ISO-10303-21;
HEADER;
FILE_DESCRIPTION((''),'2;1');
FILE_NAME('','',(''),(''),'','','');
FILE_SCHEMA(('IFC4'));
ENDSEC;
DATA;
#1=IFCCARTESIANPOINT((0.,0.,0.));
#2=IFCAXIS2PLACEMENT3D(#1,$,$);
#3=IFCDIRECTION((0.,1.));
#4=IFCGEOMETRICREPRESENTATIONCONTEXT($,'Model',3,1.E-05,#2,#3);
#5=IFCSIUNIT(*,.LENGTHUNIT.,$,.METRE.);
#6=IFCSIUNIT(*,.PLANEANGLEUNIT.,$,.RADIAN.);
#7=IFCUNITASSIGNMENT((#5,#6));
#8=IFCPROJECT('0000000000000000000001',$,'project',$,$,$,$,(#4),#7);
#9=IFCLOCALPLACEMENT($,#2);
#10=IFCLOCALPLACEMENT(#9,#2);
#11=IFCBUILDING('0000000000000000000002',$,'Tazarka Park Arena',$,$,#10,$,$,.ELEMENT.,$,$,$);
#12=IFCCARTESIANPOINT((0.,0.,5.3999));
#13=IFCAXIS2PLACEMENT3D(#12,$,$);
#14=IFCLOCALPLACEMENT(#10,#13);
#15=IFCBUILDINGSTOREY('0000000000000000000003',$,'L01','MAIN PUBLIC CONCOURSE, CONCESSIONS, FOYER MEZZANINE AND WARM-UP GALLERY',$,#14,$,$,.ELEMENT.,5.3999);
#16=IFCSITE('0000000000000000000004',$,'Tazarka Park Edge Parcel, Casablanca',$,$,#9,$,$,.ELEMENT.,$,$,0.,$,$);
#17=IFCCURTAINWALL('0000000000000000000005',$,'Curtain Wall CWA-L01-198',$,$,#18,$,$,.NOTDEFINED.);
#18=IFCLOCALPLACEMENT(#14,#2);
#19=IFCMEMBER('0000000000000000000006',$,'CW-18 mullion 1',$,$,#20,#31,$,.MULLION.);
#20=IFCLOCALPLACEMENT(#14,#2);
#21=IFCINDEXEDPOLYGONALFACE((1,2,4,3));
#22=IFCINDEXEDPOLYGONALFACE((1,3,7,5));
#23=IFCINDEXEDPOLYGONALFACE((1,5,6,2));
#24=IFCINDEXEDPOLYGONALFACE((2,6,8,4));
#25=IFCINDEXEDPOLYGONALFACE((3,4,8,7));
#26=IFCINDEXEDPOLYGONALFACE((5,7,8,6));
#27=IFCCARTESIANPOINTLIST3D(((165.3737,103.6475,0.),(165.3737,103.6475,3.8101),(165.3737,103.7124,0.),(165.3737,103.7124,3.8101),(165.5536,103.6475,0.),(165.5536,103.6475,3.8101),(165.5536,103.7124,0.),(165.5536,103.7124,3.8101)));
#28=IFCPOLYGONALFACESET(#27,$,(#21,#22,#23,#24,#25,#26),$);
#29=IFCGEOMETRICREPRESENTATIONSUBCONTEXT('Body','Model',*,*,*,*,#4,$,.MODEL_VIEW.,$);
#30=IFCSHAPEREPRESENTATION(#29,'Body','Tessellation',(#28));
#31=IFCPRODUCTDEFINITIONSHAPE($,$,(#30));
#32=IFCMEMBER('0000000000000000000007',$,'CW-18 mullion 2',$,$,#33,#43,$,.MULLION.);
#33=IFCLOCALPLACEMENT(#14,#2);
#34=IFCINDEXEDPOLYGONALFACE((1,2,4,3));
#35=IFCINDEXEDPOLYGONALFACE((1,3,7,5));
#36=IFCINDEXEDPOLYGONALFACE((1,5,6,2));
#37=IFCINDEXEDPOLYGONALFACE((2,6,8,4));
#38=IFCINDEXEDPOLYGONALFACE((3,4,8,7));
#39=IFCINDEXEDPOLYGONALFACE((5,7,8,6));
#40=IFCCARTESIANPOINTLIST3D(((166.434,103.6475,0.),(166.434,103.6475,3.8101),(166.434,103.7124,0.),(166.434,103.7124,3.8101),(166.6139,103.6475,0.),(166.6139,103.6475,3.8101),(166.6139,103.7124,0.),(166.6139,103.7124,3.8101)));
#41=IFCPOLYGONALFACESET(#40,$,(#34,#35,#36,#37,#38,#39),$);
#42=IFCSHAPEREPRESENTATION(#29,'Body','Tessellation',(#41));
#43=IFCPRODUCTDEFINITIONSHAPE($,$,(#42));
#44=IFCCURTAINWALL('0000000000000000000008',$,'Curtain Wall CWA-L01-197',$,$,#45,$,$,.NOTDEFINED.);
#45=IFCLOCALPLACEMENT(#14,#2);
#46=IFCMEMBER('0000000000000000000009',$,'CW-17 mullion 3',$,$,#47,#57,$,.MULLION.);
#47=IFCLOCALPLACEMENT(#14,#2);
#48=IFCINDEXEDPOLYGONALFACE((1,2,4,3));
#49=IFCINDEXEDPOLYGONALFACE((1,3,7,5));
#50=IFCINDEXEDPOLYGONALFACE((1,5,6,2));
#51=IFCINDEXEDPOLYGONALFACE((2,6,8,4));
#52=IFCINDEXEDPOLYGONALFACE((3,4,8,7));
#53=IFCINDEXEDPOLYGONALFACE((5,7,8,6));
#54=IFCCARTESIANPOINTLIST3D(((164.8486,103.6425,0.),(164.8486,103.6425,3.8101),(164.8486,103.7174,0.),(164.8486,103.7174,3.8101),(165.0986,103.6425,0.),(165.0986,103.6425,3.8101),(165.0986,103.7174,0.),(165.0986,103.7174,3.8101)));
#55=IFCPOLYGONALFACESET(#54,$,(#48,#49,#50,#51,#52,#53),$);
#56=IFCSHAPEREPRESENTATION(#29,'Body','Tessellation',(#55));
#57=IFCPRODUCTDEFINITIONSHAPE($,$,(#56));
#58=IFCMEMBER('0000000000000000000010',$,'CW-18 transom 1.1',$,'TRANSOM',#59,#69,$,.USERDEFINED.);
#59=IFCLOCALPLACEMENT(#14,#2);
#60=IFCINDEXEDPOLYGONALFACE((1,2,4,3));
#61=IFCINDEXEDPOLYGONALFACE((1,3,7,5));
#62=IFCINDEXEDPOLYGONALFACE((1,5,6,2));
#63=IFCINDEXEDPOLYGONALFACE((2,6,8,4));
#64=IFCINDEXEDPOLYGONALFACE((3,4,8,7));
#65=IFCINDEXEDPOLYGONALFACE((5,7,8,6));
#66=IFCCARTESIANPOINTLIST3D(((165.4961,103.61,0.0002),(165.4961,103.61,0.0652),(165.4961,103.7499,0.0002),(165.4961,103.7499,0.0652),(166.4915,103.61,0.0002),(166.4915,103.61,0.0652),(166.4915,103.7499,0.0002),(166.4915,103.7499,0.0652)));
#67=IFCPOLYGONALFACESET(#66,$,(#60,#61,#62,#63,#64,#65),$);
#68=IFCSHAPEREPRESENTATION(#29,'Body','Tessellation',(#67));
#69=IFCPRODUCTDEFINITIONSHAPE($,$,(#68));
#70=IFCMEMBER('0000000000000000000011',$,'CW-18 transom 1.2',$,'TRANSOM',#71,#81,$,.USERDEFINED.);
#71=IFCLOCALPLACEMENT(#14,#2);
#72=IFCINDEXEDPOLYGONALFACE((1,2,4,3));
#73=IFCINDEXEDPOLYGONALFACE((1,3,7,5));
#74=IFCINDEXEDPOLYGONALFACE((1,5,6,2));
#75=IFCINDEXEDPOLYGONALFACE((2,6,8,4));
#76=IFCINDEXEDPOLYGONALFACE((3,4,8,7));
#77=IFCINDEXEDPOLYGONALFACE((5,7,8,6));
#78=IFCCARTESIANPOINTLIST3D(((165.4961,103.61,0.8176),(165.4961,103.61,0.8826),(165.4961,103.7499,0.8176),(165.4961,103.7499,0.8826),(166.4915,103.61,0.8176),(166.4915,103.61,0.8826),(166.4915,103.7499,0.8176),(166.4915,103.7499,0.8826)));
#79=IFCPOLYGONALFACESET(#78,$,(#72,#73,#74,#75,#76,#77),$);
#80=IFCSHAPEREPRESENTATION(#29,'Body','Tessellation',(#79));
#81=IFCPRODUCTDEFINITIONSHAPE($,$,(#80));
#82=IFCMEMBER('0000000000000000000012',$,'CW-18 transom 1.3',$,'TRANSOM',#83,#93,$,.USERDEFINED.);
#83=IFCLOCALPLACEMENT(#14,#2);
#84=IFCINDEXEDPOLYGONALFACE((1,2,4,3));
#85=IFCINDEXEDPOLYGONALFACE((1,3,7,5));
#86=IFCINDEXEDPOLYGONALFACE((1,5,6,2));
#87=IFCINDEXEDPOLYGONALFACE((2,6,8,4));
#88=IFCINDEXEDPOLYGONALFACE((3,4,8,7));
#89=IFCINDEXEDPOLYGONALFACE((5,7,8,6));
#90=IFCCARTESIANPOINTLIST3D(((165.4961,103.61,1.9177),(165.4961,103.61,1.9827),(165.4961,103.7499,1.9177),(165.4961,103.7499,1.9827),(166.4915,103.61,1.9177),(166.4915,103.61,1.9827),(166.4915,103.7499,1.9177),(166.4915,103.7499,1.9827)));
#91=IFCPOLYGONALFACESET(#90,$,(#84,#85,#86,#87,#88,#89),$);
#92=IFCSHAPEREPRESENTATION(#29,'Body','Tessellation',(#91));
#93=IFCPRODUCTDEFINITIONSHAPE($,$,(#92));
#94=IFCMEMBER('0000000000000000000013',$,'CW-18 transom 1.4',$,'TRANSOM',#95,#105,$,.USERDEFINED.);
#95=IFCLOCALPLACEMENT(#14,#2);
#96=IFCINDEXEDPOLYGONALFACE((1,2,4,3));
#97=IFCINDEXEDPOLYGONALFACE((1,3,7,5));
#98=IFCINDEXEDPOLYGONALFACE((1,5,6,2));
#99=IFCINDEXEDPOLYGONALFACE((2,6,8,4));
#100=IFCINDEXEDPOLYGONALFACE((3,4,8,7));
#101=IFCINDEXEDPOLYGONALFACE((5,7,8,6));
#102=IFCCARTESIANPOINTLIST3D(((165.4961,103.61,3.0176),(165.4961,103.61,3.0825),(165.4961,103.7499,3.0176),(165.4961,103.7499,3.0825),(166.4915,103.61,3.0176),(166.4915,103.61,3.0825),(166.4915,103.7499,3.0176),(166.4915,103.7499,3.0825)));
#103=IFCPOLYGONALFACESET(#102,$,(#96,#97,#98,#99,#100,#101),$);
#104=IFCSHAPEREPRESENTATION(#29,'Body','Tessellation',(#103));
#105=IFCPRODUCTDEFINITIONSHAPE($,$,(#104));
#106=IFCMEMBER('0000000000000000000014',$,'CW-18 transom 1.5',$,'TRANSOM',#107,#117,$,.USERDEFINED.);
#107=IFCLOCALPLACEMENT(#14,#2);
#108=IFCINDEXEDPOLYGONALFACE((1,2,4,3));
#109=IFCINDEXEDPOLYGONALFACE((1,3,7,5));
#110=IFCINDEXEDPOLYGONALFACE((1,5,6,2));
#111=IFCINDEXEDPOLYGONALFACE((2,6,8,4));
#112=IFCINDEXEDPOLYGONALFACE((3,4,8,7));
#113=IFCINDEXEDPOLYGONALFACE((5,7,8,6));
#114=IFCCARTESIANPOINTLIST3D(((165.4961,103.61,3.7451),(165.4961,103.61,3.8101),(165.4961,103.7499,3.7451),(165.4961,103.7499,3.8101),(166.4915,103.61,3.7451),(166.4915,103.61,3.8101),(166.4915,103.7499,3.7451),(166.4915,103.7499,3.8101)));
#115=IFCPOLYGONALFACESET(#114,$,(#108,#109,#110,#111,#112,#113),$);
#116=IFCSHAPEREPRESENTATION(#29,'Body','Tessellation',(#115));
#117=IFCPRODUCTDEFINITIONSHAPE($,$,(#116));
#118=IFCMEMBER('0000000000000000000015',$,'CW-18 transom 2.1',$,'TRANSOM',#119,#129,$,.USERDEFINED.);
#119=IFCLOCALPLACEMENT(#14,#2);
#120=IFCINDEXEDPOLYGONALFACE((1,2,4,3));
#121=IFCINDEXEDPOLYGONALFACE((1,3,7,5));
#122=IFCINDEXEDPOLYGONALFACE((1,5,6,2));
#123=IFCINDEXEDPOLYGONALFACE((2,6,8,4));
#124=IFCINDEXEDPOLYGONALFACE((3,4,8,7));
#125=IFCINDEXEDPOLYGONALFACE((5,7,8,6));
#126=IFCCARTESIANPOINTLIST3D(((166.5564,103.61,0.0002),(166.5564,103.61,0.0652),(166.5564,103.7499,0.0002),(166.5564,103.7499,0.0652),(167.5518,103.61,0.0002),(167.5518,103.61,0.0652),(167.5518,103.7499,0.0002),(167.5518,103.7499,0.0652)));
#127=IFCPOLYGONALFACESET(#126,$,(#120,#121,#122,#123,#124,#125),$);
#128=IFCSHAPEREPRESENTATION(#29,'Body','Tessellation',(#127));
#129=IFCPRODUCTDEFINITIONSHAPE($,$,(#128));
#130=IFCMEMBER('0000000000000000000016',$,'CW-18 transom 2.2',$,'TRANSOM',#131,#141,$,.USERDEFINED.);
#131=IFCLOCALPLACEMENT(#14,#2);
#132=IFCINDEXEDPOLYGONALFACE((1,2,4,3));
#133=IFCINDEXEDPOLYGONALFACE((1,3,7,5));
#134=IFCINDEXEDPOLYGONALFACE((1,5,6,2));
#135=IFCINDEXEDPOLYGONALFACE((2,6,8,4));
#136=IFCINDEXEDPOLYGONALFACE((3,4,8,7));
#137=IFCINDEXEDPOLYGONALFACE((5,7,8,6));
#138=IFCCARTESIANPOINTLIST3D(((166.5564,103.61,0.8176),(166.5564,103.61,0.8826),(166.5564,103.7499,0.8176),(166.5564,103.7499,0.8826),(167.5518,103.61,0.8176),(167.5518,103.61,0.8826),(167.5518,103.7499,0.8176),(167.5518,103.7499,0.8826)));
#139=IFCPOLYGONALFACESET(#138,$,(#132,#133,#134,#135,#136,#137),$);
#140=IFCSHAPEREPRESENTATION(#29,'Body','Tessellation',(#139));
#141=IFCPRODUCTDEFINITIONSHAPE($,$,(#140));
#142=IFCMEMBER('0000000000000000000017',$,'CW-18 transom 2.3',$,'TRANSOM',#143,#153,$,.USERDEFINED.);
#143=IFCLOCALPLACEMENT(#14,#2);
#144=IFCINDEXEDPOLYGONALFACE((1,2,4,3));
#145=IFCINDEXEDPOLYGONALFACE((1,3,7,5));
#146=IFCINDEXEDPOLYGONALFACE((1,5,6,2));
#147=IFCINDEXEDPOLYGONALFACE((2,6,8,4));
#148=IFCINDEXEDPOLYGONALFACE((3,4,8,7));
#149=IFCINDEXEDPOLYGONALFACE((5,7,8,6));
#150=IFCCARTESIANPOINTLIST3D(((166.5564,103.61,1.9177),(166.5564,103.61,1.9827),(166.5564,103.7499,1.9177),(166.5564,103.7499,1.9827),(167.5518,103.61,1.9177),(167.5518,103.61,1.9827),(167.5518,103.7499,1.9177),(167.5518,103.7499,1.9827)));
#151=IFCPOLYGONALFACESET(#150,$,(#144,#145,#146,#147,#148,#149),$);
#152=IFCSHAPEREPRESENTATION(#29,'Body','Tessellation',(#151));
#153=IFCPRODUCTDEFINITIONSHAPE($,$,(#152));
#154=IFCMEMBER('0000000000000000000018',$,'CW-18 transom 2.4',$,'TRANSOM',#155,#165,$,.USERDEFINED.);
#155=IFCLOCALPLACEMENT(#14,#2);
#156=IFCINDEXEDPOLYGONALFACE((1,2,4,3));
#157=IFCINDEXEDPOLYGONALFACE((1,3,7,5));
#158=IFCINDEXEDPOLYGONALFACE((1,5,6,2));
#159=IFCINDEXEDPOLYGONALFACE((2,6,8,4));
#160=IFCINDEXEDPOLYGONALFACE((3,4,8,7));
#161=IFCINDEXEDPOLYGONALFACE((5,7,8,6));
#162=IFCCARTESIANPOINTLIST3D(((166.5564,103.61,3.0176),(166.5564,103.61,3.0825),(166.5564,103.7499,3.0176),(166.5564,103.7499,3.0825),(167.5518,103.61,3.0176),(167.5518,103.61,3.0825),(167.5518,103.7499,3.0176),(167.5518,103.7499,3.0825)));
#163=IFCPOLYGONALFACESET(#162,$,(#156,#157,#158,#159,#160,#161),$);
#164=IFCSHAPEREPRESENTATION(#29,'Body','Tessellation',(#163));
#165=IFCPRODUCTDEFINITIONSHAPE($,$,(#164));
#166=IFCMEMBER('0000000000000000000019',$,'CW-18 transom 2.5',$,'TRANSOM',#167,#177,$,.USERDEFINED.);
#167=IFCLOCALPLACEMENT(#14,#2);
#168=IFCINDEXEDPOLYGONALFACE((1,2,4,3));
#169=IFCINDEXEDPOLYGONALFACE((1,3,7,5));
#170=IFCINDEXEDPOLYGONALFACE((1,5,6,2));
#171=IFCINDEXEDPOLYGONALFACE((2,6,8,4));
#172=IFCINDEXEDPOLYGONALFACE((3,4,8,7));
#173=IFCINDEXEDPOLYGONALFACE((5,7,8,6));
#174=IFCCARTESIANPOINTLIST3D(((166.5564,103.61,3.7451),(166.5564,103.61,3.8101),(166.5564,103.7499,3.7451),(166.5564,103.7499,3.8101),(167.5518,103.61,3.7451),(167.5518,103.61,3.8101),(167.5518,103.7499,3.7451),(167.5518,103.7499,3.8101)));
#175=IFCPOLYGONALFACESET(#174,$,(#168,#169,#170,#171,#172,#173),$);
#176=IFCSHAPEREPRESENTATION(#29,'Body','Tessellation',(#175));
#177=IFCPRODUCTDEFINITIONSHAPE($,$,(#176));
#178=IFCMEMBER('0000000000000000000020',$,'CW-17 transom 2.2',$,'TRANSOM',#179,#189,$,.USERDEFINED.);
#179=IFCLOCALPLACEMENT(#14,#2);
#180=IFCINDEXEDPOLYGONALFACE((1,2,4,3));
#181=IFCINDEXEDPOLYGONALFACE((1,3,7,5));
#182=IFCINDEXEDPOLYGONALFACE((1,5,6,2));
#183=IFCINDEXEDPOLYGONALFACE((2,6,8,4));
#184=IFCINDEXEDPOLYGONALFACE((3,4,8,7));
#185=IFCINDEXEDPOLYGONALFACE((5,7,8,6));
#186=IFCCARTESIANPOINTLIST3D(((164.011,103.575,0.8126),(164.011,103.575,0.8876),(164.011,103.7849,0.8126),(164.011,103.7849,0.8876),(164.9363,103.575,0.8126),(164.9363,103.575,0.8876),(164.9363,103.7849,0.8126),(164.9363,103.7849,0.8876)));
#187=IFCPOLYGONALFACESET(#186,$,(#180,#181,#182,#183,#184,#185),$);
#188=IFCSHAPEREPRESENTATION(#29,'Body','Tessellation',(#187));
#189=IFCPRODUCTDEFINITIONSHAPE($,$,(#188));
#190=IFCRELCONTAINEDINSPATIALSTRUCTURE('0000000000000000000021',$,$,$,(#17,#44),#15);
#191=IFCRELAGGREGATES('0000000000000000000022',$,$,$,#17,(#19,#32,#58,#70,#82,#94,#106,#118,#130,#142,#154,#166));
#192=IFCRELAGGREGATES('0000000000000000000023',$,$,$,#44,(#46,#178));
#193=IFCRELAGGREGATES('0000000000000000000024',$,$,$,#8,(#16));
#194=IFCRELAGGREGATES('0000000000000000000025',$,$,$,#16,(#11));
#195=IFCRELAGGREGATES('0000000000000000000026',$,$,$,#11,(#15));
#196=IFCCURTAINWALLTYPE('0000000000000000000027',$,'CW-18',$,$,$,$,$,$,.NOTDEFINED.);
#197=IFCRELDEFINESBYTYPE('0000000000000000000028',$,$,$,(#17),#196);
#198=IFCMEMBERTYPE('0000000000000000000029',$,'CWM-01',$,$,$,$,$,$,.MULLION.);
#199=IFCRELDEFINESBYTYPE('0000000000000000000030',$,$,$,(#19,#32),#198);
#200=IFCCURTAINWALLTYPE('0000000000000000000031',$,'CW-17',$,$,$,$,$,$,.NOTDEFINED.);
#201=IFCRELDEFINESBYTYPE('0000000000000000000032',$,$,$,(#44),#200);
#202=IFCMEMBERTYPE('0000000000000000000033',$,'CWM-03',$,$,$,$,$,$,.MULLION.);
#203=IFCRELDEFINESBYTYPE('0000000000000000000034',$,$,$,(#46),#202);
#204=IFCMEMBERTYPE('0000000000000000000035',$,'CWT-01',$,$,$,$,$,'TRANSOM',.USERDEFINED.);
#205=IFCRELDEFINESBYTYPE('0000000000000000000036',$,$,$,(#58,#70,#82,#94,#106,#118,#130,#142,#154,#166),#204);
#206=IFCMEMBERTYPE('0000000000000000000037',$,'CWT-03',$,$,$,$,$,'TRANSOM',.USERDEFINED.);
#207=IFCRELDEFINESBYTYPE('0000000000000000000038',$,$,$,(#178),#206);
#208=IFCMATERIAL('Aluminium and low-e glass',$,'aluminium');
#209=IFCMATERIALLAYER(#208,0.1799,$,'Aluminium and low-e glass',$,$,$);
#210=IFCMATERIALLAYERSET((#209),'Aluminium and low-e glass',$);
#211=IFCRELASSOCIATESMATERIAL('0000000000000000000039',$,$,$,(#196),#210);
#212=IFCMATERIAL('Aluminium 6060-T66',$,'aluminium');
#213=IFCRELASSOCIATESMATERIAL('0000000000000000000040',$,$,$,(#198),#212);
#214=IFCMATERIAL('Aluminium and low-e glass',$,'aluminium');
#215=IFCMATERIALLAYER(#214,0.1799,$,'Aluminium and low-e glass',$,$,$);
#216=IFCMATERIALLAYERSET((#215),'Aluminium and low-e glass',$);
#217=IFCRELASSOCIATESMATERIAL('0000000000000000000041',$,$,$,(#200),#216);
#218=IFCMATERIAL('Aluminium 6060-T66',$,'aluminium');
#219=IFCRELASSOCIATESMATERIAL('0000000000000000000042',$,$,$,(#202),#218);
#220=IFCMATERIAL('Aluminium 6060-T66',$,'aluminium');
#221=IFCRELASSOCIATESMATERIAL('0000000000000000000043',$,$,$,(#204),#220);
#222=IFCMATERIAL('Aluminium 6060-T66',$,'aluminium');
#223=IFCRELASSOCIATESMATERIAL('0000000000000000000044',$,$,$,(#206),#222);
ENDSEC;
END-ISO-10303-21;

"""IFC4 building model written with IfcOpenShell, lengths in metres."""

from ifc_helpers import new_model, si_unit, direction, frame, origin, origin_2d, place, context, subcontext, project, spatial, rectangle, extrude, material, layer, layer_set, material_profile, profile_set, type_object, element, aggregate, save


model = new_model("IFC4")

# Units and contexts
model_context = context("Model", 3, precision=1e-05, world=origin(), true_north=direction((0.0, 1.0)))
body_context = subcontext(model_context, "Body", "Model", "MODEL_VIEW")
ifc_project = project(units=[si_unit("LENGTHUNIT", "METRE"), si_unit("PLANEANGLEUNIT", "RADIAN")], contexts=[model_context])

# Site, building, storey
site_placement = place(None, origin())
site = spatial("IfcSite", under=ifc_project, at=site_placement, Name="Tazarka Park Edge Parcel, Casablanca", CompositionType="ELEMENT", RefElevation=0.0)
building_placement = place(site_placement, origin())
building = spatial("IfcBuilding", under=site, at=building_placement, Name="Tazarka Park Arena", CompositionType="ELEMENT")
storey_placement = place(building_placement, frame((0.0, 0.0, 5.3999)))
storey = spatial("IfcBuildingStorey", under=building, at=storey_placement, Name="L01", Description="MAIN PUBLIC CONCOURSE, CONCESSIONS, FOYER MEZZANINE AND WARM-UP GALLERY", CompositionType="ELEMENT", Elevation=5.3999)

# Curtain wall, members
ifc_material_1 = material(Name="Aluminium and low-e glass", Category="aluminium")
ifc_layer_1 = layer(ifc_material_1, 0.1799, Name="Aluminium and low-e glass")
ifc_layer_set_1 = layer_set([ifc_layer_1], Name="Aluminium and low-e glass")
curtain_wall_type_1 = type_object("IfcCurtainWallType", Name="CW-18", PredefinedType="NOTDEFINED", material=ifc_layer_set_1)
curtain_wall_1_placement = place(storey_placement, origin())
curtain_wall_1 = element("IfcCurtainWall", 1, at=curtain_wall_1_placement, inside=storey, type_object=curtain_wall_type_1, Name="Curtain Wall CWA-L01-198", PredefinedType="NOTDEFINED")
ifc_material_2 = material(Name="Aluminium 6060-T66", Category="aluminium")
ifc_material_profile_1 = material_profile(ifc_material_2, rectangle(XDim=0.0649, YDim=0.1799, at=origin_2d()), Name="Aluminium 6060-T66")
ifc_profile_set_1 = profile_set([ifc_material_profile_1], Name="Aluminium 6060-T66")
member_type_1 = type_object("IfcMemberType", Name="CWM-01", PredefinedType="MULLION", material=ifc_profile_set_1)
member_1_placement = place(storey_placement, frame((165.4636, 103.6799, 0.0), z_axis=(0.0, 0.0, 1.0), x_axis=(0.0, 1.0, 0.0)))
member_1 = element("IfcMember", 2, at=member_1_placement, type_object=member_type_1, Name="CW-18 mullion 1", PredefinedType="MULLION", context=body_context, shape_type="SweptSolid", body=[
    extrude(rectangle(XDim=0.0649, YDim=0.1799, at=origin_2d()), origin(), (0.0, 0.0, 1.0), 3.8101),
])
member_2_placement = place(storey_placement, frame((166.5239, 103.6799, 0.0), z_axis=(0.0, 0.0, 1.0), x_axis=(0.0, 1.0, 0.0)))
member_2 = element("IfcMember", 3, at=member_2_placement, type_object=member_type_1, Name="CW-18 mullion 2", PredefinedType="MULLION", context=body_context, shape_type="SweptSolid", body=[
    extrude(rectangle(XDim=0.0649, YDim=0.1799, at=origin_2d()), origin(), (0.0, 0.0, 1.0), 3.8101),
])

# Curtain wall, member
ifc_material_3 = material(Name="Aluminium and low-e glass", Category="aluminium")
ifc_layer_2 = layer(ifc_material_3, 0.1799, Name="Aluminium and low-e glass")
ifc_layer_set_2 = layer_set([ifc_layer_2], Name="Aluminium and low-e glass")
curtain_wall_type_2 = type_object("IfcCurtainWallType", Name="CW-17", PredefinedType="NOTDEFINED", material=ifc_layer_set_2)
curtain_wall_2_placement = place(storey_placement, origin())
curtain_wall_2 = element("IfcCurtainWall", 4, at=curtain_wall_2_placement, inside=storey, type_object=curtain_wall_type_2, Name="Curtain Wall CWA-L01-197", PredefinedType="NOTDEFINED")
ifc_material_4 = material(Name="Aluminium 6060-T66", Category="aluminium")
ifc_material_profile_2 = material_profile(ifc_material_4, rectangle(XDim=0.075, YDim=0.25, at=origin_2d()), Name="Aluminium 6060-T66")
ifc_profile_set_2 = profile_set([ifc_material_profile_2], Name="Aluminium 6060-T66")
member_type_2 = type_object("IfcMemberType", Name="CWM-03", PredefinedType="MULLION", material=ifc_profile_set_2)
member_3_placement = place(storey_placement, frame((164.9736, 103.6799, 0.0), z_axis=(0.0, 0.0, 1.0), x_axis=(0.0, 1.0, 0.0)))
member_3 = element("IfcMember", 5, at=member_3_placement, type_object=member_type_2, Name="CW-17 mullion 3", PredefinedType="MULLION", context=body_context, shape_type="SweptSolid", body=[
    extrude(rectangle(XDim=0.075, YDim=0.25, at=origin_2d()), origin(), (0.0, 0.0, 1.0), 3.8101),
])

# Members
ifc_material_5 = material(Name="Aluminium 6060-T66", Category="aluminium")
ifc_material_profile_3 = material_profile(ifc_material_5, rectangle(XDim=0.1399, YDim=0.0649, at=origin_2d()), Name="Aluminium 6060-T66")
ifc_profile_set_3 = profile_set([ifc_material_profile_3], Name="Aluminium 6060-T66")
member_type_3 = type_object("IfcMemberType", Name="CWT-01", ElementType="TRANSOM", PredefinedType="USERDEFINED", material=ifc_profile_set_3)
member_4_placement = place(storey_placement, frame((165.4961, 103.6799, 0.0327), z_axis=(1.0, 0.0, 0.0), x_axis=(0.0, 1.0, 0.0)))
member_4 = element("IfcMember", 6, at=member_4_placement, type_object=member_type_3, Name="CW-18 transom 1.1", ObjectType="TRANSOM", PredefinedType="USERDEFINED", context=body_context, shape_type="SweptSolid", body=[
    extrude(rectangle(XDim=0.1399, YDim=0.0649, at=origin_2d()), origin(), (0.0, 0.0, 1.0), 0.9954),
])
member_5_placement = place(storey_placement, frame((165.4961, 103.6799, 0.8501), z_axis=(1.0, 0.0, 0.0), x_axis=(0.0, 1.0, 0.0)))
member_5 = element("IfcMember", 7, at=member_5_placement, type_object=member_type_3, Name="CW-18 transom 1.2", ObjectType="TRANSOM", PredefinedType="USERDEFINED", context=body_context, shape_type="SweptSolid", body=[
    extrude(rectangle(XDim=0.1399, YDim=0.0649, at=origin_2d()), origin(), (0.0, 0.0, 1.0), 0.9954),
])
member_6_placement = place(storey_placement, frame((165.4961, 103.6799, 1.9502), z_axis=(1.0, 0.0, 0.0), x_axis=(0.0, 1.0, 0.0)))
member_6 = element("IfcMember", 8, at=member_6_placement, type_object=member_type_3, Name="CW-18 transom 1.3", ObjectType="TRANSOM", PredefinedType="USERDEFINED", context=body_context, shape_type="SweptSolid", body=[
    extrude(rectangle(XDim=0.1399, YDim=0.0649, at=origin_2d()), origin(), (0.0, 0.0, 1.0), 0.9954),
])
member_7_placement = place(storey_placement, frame((165.4961, 103.6799, 3.05), z_axis=(1.0, 0.0, 0.0), x_axis=(0.0, 1.0, 0.0)))
member_7 = element("IfcMember", 9, at=member_7_placement, type_object=member_type_3, Name="CW-18 transom 1.4", ObjectType="TRANSOM", PredefinedType="USERDEFINED", context=body_context, shape_type="SweptSolid", body=[
    extrude(rectangle(XDim=0.1399, YDim=0.0649, at=origin_2d()), origin(), (0.0, 0.0, 1.0), 0.9954),
])
member_8_placement = place(storey_placement, frame((165.4961, 103.6799, 3.7776), z_axis=(1.0, 0.0, 0.0), x_axis=(0.0, 1.0, 0.0)))
member_8 = element("IfcMember", 10, at=member_8_placement, type_object=member_type_3, Name="CW-18 transom 1.5", ObjectType="TRANSOM", PredefinedType="USERDEFINED", context=body_context, shape_type="SweptSolid", body=[
    extrude(rectangle(XDim=0.1399, YDim=0.0649, at=origin_2d()), origin(), (0.0, 0.0, 1.0), 0.9954),
])
member_9_placement = place(storey_placement, frame((166.5564, 103.6799, 0.0327), z_axis=(1.0, 0.0, 0.0), x_axis=(0.0, 1.0, 0.0)))
member_9 = element("IfcMember", 11, at=member_9_placement, type_object=member_type_3, Name="CW-18 transom 2.1", ObjectType="TRANSOM", PredefinedType="USERDEFINED", context=body_context, shape_type="SweptSolid", body=[
    extrude(rectangle(XDim=0.1399, YDim=0.0649, at=origin_2d()), origin(), (0.0, 0.0, 1.0), 0.9954),
])
member_10_placement = place(storey_placement, frame((166.5564, 103.6799, 0.8501), z_axis=(1.0, 0.0, 0.0), x_axis=(0.0, 1.0, 0.0)))
member_10 = element("IfcMember", 12, at=member_10_placement, type_object=member_type_3, Name="CW-18 transom 2.2", ObjectType="TRANSOM", PredefinedType="USERDEFINED", context=body_context, shape_type="SweptSolid", body=[
    extrude(rectangle(XDim=0.1399, YDim=0.0649, at=origin_2d()), origin(), (0.0, 0.0, 1.0), 0.9954),
])
member_11_placement = place(storey_placement, frame((166.5564, 103.6799, 1.9502), z_axis=(1.0, 0.0, 0.0), x_axis=(0.0, 1.0, 0.0)))
member_11 = element("IfcMember", 13, at=member_11_placement, type_object=member_type_3, Name="CW-18 transom 2.3", ObjectType="TRANSOM", PredefinedType="USERDEFINED", context=body_context, shape_type="SweptSolid", body=[
    extrude(rectangle(XDim=0.1399, YDim=0.0649, at=origin_2d()), origin(), (0.0, 0.0, 1.0), 0.9954),
])
member_12_placement = place(storey_placement, frame((166.5564, 103.6799, 3.05), z_axis=(1.0, 0.0, 0.0), x_axis=(0.0, 1.0, 0.0)))
member_12 = element("IfcMember", 14, at=member_12_placement, type_object=member_type_3, Name="CW-18 transom 2.4", ObjectType="TRANSOM", PredefinedType="USERDEFINED", context=body_context, shape_type="SweptSolid", body=[
    extrude(rectangle(XDim=0.1399, YDim=0.0649, at=origin_2d()), origin(), (0.0, 0.0, 1.0), 0.9954),
])
member_13_placement = place(storey_placement, frame((166.5564, 103.6799, 3.7776), z_axis=(1.0, 0.0, 0.0), x_axis=(0.0, 1.0, 0.0)))
member_13 = element("IfcMember", 15, at=member_13_placement, type_object=member_type_3, Name="CW-18 transom 2.5", ObjectType="TRANSOM", PredefinedType="USERDEFINED", context=body_context, shape_type="SweptSolid", body=[
    extrude(rectangle(XDim=0.1399, YDim=0.0649, at=origin_2d()), origin(), (0.0, 0.0, 1.0), 0.9954),
])
ifc_material_6 = material(Name="Aluminium 6060-T66", Category="aluminium")
ifc_material_profile_4 = material_profile(ifc_material_6, rectangle(XDim=0.21, YDim=0.075, at=origin_2d()), Name="Aluminium 6060-T66")
ifc_profile_set_4 = profile_set([ifc_material_profile_4], Name="Aluminium 6060-T66")
member_type_4 = type_object("IfcMemberType", Name="CWT-03", ElementType="TRANSOM", PredefinedType="USERDEFINED", material=ifc_profile_set_4)
member_14_placement = place(storey_placement, frame((164.011, 103.6799, 0.8501), z_axis=(1.0, 0.0, 0.0), x_axis=(0.0, 1.0, 0.0)))
member_14 = element("IfcMember", 16, at=member_14_placement, type_object=member_type_4, Name="CW-17 transom 2.2", ObjectType="TRANSOM", PredefinedType="USERDEFINED", context=body_context, shape_type="SweptSolid", body=[
    extrude(rectangle(XDim=0.21, YDim=0.075, at=origin_2d()), origin(), (0.0, 0.0, 1.0), 0.9253),
])

aggregate(curtain_wall_1, [member_1, member_2, member_4, member_5, member_6, member_7, member_8, member_9, member_10, member_11, member_12, member_13])
aggregate(curtain_wall_2, [member_3, member_14])

save(model, "model.ifc")
